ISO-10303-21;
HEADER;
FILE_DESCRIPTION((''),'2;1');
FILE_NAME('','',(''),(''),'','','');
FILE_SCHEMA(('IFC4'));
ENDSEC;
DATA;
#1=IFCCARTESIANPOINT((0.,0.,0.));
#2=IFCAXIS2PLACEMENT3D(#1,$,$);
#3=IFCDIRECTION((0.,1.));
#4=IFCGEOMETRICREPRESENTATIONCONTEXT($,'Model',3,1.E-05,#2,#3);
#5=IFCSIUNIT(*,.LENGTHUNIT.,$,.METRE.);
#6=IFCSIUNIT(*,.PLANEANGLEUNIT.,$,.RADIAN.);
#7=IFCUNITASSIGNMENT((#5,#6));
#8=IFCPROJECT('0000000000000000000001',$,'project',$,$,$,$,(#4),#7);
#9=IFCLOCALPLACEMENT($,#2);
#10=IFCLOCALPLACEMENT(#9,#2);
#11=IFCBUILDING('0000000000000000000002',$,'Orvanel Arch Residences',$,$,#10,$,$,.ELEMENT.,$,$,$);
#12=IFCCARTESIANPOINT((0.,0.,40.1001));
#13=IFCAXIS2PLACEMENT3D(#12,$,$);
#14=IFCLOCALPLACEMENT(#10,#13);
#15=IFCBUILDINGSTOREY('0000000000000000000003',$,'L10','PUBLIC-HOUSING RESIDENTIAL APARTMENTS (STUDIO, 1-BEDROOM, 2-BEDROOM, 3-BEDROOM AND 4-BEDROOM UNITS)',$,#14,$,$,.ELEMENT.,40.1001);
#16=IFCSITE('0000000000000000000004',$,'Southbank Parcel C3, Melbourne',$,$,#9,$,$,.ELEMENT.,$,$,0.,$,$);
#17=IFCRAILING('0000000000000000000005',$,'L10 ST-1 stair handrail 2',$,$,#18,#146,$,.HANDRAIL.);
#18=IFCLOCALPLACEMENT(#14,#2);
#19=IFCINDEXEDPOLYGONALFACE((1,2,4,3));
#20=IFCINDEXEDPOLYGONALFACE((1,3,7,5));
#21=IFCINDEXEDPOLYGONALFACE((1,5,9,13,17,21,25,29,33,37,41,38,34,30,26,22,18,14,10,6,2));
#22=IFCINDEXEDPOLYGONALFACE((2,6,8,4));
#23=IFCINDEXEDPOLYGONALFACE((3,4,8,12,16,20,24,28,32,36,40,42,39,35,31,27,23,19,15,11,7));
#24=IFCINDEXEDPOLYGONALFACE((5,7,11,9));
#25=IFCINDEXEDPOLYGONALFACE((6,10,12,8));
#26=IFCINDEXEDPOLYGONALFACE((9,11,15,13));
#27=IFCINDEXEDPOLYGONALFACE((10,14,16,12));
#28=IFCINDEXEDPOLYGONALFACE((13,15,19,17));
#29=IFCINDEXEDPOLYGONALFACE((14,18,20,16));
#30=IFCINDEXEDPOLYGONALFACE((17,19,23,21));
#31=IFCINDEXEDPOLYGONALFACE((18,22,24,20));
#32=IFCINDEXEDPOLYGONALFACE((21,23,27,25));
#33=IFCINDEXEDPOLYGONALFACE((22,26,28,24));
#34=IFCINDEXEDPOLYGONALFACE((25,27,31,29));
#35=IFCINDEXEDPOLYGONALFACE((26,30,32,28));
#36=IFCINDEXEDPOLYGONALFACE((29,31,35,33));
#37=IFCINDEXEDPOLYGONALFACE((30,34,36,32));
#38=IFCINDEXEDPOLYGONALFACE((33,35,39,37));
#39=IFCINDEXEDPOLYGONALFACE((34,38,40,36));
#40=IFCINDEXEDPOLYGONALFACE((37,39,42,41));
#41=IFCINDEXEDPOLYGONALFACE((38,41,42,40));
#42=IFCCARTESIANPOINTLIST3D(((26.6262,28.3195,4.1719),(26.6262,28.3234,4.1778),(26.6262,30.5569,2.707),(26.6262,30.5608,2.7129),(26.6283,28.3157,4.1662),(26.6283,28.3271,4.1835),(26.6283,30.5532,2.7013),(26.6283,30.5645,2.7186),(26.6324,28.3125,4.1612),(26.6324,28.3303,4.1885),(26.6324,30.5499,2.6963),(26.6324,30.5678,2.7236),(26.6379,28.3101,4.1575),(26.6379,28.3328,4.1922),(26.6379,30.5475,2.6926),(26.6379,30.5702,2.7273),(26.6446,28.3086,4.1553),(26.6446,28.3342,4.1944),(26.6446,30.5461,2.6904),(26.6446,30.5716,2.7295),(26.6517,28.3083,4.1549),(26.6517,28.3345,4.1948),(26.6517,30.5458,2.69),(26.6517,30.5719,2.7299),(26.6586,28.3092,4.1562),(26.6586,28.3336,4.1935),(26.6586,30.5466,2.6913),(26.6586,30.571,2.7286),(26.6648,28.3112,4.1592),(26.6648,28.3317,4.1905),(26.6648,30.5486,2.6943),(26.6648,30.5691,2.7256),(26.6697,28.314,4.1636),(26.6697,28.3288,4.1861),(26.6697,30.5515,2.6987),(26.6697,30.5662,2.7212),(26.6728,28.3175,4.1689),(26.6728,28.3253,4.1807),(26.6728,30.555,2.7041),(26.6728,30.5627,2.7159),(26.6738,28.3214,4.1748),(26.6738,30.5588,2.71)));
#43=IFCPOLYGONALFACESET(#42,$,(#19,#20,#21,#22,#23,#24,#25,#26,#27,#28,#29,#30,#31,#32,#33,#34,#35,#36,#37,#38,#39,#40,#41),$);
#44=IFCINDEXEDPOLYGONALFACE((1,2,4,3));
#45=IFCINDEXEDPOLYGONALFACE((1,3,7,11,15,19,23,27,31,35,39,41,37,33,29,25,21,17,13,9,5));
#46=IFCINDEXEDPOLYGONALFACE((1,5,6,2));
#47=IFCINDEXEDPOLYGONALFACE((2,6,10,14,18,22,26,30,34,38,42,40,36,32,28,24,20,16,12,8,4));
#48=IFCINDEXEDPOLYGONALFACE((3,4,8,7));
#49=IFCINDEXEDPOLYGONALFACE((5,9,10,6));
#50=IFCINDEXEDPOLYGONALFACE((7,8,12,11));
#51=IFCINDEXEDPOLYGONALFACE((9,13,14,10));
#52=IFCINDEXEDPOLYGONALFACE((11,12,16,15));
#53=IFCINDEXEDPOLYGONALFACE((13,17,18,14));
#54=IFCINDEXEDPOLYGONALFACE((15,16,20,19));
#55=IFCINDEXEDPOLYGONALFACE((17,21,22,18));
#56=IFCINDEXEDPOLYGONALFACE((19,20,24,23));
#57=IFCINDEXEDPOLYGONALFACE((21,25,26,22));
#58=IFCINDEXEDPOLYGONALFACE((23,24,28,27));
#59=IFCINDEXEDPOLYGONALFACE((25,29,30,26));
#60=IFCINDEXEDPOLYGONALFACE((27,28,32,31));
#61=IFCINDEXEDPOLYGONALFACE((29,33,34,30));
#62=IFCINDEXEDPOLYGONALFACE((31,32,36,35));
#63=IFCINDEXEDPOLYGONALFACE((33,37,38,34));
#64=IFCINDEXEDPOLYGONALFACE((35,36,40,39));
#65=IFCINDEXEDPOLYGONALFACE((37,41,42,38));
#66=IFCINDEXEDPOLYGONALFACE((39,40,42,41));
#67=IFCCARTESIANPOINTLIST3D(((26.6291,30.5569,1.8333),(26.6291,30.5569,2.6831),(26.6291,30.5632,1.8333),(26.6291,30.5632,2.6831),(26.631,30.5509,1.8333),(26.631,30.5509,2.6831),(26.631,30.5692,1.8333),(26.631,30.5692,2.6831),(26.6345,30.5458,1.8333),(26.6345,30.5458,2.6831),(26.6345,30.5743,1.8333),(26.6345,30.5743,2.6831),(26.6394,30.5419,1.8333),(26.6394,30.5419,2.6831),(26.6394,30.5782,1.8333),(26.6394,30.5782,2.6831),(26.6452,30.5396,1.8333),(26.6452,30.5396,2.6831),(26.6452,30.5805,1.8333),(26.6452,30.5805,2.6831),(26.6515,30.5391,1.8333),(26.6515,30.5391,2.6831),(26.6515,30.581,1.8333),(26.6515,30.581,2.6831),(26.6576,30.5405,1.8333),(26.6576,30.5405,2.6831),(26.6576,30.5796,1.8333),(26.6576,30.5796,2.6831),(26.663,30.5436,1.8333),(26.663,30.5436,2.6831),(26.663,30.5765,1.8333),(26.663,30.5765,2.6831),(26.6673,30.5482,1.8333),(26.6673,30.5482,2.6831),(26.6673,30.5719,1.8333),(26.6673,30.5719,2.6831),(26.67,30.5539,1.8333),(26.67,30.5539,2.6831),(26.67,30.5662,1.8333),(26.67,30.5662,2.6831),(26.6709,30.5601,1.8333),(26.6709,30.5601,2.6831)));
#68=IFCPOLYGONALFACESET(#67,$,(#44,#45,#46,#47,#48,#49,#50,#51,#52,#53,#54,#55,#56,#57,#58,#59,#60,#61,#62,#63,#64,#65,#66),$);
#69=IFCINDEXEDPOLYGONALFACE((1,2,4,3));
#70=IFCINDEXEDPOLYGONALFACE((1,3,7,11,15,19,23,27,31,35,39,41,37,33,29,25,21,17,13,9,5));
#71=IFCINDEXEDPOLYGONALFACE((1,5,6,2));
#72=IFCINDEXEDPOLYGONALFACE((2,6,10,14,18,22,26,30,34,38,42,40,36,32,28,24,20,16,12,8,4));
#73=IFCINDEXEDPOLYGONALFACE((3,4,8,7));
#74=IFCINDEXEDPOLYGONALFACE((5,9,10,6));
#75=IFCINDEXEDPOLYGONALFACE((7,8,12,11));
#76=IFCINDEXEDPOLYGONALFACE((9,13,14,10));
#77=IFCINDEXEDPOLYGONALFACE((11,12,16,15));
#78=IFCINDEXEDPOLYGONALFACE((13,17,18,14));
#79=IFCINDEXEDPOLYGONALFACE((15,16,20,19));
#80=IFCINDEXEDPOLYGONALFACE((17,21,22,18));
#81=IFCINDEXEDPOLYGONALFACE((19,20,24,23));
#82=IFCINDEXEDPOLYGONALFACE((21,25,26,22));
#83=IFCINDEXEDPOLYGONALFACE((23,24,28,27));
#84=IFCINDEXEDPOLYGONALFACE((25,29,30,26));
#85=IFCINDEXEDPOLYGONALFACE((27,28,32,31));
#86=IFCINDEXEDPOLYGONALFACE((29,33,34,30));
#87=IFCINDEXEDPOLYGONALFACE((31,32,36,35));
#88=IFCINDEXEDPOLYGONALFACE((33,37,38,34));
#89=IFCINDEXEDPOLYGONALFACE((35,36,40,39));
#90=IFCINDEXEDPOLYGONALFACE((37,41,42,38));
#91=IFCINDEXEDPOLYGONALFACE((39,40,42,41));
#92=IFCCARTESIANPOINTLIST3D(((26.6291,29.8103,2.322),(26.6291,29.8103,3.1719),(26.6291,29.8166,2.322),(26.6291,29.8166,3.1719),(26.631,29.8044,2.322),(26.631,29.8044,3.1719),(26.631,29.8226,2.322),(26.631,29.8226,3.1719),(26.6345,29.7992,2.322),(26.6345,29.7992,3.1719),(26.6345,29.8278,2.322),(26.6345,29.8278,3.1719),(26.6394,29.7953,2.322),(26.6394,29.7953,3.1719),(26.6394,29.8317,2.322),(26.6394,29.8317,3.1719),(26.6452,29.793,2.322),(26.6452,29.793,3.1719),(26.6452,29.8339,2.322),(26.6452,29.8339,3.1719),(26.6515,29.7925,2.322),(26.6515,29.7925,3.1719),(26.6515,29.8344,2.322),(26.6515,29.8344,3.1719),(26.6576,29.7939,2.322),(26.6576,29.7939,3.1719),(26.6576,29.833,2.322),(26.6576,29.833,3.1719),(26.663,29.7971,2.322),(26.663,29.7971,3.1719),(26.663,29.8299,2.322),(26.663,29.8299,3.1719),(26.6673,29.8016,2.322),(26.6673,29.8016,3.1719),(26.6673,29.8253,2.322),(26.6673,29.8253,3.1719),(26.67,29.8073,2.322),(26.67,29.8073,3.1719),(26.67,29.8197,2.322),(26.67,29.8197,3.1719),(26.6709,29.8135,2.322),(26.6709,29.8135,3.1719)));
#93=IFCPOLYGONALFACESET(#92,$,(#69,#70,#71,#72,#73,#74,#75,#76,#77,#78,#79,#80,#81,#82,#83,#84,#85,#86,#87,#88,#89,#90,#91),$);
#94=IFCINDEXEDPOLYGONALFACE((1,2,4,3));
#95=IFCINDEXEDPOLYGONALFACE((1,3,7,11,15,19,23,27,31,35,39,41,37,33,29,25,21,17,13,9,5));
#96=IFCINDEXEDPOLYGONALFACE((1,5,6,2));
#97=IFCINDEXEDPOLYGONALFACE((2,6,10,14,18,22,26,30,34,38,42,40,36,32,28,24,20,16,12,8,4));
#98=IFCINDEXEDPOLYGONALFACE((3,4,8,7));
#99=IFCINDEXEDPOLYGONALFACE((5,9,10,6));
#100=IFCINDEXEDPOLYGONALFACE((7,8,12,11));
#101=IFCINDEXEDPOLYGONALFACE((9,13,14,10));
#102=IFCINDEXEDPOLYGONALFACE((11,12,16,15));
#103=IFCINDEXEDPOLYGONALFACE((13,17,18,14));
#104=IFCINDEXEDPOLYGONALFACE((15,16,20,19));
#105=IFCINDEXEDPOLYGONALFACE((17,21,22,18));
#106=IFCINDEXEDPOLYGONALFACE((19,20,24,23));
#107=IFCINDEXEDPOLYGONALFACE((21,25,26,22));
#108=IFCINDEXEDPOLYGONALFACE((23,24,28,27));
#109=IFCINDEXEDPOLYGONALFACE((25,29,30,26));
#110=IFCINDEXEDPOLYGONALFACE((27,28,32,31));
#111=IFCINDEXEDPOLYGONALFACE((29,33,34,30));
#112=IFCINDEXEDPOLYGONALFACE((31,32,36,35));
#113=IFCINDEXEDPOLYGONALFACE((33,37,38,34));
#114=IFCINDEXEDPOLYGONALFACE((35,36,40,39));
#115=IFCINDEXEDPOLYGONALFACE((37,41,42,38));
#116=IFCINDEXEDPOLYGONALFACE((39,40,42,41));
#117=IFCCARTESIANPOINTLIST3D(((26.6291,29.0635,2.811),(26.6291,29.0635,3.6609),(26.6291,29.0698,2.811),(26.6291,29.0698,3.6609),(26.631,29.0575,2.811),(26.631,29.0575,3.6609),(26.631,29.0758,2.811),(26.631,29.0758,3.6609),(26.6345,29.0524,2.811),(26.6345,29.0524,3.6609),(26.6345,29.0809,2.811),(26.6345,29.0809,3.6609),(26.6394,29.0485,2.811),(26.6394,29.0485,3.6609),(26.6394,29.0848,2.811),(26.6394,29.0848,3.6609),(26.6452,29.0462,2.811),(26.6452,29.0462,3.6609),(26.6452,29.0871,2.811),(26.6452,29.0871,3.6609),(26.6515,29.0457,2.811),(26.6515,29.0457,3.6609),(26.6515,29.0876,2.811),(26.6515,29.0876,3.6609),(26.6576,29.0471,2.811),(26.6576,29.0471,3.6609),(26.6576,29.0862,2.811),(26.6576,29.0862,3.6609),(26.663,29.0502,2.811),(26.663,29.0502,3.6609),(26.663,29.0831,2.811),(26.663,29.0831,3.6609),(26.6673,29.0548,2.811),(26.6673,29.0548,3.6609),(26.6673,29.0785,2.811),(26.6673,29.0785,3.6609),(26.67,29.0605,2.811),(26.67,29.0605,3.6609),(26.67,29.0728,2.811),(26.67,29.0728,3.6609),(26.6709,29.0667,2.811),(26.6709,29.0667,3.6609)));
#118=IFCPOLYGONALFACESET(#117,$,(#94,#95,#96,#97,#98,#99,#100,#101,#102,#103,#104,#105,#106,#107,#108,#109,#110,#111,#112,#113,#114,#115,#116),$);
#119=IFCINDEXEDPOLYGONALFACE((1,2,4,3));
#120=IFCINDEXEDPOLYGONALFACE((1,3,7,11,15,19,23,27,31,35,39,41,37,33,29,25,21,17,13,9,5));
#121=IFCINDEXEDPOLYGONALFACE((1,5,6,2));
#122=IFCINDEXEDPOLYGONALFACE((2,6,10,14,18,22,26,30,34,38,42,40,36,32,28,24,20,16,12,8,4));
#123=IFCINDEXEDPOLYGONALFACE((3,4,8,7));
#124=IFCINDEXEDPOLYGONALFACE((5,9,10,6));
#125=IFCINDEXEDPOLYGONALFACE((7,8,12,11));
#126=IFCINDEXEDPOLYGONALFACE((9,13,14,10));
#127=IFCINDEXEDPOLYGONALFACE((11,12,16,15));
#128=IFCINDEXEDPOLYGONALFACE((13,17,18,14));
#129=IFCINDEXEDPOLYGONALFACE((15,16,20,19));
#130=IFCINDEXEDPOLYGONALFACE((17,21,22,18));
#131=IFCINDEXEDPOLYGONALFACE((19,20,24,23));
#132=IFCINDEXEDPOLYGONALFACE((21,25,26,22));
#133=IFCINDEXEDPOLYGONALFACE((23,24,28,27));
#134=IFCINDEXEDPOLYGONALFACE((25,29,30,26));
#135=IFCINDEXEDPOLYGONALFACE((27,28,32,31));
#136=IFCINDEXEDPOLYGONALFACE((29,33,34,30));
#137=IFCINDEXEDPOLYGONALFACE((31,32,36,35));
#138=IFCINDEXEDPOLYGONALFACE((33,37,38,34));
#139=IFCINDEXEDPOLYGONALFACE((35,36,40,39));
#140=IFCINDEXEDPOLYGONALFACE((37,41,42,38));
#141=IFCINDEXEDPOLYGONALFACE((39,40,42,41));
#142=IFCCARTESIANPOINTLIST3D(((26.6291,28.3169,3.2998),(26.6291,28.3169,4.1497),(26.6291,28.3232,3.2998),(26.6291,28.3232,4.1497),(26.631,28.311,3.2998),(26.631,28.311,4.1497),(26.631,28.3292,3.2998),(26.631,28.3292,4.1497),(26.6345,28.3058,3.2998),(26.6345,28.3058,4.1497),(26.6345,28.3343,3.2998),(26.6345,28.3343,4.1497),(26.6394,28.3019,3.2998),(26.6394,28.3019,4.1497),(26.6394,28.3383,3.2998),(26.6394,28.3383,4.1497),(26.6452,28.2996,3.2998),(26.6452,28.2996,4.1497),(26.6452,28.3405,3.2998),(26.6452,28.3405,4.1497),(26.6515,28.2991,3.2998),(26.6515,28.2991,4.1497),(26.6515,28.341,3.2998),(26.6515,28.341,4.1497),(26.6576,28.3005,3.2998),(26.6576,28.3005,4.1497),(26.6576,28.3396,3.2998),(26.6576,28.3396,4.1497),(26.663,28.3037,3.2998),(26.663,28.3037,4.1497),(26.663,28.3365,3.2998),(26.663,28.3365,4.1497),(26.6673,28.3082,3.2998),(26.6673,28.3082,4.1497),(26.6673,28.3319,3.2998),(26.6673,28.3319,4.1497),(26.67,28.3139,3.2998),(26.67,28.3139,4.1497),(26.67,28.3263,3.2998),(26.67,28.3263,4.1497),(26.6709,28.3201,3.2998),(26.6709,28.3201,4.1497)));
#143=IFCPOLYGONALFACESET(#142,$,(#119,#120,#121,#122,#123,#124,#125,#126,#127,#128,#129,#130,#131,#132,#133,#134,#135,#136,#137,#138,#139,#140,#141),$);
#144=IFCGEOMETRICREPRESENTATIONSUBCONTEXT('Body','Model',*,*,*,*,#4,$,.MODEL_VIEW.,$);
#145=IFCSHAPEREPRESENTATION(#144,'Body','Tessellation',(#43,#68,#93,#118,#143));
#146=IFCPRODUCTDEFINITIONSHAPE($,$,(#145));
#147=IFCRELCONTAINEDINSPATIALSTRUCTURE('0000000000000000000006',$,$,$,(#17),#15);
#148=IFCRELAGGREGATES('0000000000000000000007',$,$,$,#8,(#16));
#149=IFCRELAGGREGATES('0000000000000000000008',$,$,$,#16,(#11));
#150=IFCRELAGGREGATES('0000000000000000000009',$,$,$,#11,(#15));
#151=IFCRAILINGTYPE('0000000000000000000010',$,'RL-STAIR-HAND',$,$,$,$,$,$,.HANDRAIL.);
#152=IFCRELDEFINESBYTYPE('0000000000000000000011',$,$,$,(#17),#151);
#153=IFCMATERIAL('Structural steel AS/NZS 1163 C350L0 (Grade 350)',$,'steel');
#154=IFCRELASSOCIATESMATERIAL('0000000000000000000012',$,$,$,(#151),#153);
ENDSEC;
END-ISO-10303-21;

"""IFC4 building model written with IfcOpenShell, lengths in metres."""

from ifc_helpers import new_model, si_unit, direction, frame, origin, origin_2d, place, context, subcontext, project, spatial, circle, extrude, material, type_object, element, save


model = new_model("IFC4")

# Units and contexts
model_context = context("Model", 3, precision=1e-05, world=origin(), true_north=direction((0.0, 1.0)))
body_context = subcontext(model_context, "Body", "Model", "MODEL_VIEW")
ifc_project = project(units=[si_unit("LENGTHUNIT", "METRE"), si_unit("PLANEANGLEUNIT", "RADIAN")], contexts=[model_context])

# Site, building, storey
site_placement = place(None, origin())
site = spatial("IfcSite", under=ifc_project, at=site_placement, Name="Southbank Parcel C3, Melbourne", CompositionType="ELEMENT", RefElevation=0.0)
building_placement = place(site_placement, origin())
building = spatial("IfcBuilding", under=site, at=building_placement, Name="Orvanel Arch Residences", CompositionType="ELEMENT")
storey_placement = place(building_placement, frame((0.0, 0.0, 40.1001)))
storey = spatial("IfcBuildingStorey", under=building, at=storey_placement, Name="L10", Description="PUBLIC-HOUSING RESIDENTIAL APARTMENTS (STUDIO, 1-BEDROOM, 2-BEDROOM, 3-BEDROOM AND 4-BEDROOM UNITS)", CompositionType="ELEMENT", Elevation=40.1001)

# Railing
ifc_material_1 = material(Name="Structural steel AS/NZS 1163 C350L0 (Grade 350)", Category="steel")
railing_type_1 = type_object("IfcRailingType", Name="RL-STAIR-HAND", PredefinedType="HANDRAIL", material=ifc_material_1)
railing_1_placement = place(storey_placement, frame((26.6499, 30.5601, 1.8333)))
element("IfcRailing", 1, at=railing_1_placement, inside=storey, type_object=railing_type_1, Name="L10 ST-1 stair handrail 2", PredefinedType="HANDRAIL", context=body_context, shape_type="SweptSolid", body=[
    extrude(circle(Radius=0.0239, at=origin_2d()), frame((0.0, -0.0012, 0.8767), z_axis=(0.0, -0.836637, 0.547758), x_axis=(1.0, 0.0, 0.0)), (0.0, 0.0, 1.0), 2.6743),
    extrude(circle(Radius=0.021, at=origin_2d()), origin(), (0.0, 0.0, 1.0), 0.8499),
    extrude(circle(Radius=0.021, at=origin_2d()), frame((0.0, -0.7466, 0.4888)), (0.0, 0.0, 1.0), 0.8499),
    extrude(circle(Radius=0.021, at=origin_2d()), frame((0.0, -1.4934, 0.9778)), (0.0, 0.0, 1.0), 0.8499),
    extrude(circle(Radius=0.021, at=origin_2d()), frame((0.0, -2.24, 1.4666)), (0.0, 0.0, 1.0), 0.8499),
])

save(model, "model.ifc")
